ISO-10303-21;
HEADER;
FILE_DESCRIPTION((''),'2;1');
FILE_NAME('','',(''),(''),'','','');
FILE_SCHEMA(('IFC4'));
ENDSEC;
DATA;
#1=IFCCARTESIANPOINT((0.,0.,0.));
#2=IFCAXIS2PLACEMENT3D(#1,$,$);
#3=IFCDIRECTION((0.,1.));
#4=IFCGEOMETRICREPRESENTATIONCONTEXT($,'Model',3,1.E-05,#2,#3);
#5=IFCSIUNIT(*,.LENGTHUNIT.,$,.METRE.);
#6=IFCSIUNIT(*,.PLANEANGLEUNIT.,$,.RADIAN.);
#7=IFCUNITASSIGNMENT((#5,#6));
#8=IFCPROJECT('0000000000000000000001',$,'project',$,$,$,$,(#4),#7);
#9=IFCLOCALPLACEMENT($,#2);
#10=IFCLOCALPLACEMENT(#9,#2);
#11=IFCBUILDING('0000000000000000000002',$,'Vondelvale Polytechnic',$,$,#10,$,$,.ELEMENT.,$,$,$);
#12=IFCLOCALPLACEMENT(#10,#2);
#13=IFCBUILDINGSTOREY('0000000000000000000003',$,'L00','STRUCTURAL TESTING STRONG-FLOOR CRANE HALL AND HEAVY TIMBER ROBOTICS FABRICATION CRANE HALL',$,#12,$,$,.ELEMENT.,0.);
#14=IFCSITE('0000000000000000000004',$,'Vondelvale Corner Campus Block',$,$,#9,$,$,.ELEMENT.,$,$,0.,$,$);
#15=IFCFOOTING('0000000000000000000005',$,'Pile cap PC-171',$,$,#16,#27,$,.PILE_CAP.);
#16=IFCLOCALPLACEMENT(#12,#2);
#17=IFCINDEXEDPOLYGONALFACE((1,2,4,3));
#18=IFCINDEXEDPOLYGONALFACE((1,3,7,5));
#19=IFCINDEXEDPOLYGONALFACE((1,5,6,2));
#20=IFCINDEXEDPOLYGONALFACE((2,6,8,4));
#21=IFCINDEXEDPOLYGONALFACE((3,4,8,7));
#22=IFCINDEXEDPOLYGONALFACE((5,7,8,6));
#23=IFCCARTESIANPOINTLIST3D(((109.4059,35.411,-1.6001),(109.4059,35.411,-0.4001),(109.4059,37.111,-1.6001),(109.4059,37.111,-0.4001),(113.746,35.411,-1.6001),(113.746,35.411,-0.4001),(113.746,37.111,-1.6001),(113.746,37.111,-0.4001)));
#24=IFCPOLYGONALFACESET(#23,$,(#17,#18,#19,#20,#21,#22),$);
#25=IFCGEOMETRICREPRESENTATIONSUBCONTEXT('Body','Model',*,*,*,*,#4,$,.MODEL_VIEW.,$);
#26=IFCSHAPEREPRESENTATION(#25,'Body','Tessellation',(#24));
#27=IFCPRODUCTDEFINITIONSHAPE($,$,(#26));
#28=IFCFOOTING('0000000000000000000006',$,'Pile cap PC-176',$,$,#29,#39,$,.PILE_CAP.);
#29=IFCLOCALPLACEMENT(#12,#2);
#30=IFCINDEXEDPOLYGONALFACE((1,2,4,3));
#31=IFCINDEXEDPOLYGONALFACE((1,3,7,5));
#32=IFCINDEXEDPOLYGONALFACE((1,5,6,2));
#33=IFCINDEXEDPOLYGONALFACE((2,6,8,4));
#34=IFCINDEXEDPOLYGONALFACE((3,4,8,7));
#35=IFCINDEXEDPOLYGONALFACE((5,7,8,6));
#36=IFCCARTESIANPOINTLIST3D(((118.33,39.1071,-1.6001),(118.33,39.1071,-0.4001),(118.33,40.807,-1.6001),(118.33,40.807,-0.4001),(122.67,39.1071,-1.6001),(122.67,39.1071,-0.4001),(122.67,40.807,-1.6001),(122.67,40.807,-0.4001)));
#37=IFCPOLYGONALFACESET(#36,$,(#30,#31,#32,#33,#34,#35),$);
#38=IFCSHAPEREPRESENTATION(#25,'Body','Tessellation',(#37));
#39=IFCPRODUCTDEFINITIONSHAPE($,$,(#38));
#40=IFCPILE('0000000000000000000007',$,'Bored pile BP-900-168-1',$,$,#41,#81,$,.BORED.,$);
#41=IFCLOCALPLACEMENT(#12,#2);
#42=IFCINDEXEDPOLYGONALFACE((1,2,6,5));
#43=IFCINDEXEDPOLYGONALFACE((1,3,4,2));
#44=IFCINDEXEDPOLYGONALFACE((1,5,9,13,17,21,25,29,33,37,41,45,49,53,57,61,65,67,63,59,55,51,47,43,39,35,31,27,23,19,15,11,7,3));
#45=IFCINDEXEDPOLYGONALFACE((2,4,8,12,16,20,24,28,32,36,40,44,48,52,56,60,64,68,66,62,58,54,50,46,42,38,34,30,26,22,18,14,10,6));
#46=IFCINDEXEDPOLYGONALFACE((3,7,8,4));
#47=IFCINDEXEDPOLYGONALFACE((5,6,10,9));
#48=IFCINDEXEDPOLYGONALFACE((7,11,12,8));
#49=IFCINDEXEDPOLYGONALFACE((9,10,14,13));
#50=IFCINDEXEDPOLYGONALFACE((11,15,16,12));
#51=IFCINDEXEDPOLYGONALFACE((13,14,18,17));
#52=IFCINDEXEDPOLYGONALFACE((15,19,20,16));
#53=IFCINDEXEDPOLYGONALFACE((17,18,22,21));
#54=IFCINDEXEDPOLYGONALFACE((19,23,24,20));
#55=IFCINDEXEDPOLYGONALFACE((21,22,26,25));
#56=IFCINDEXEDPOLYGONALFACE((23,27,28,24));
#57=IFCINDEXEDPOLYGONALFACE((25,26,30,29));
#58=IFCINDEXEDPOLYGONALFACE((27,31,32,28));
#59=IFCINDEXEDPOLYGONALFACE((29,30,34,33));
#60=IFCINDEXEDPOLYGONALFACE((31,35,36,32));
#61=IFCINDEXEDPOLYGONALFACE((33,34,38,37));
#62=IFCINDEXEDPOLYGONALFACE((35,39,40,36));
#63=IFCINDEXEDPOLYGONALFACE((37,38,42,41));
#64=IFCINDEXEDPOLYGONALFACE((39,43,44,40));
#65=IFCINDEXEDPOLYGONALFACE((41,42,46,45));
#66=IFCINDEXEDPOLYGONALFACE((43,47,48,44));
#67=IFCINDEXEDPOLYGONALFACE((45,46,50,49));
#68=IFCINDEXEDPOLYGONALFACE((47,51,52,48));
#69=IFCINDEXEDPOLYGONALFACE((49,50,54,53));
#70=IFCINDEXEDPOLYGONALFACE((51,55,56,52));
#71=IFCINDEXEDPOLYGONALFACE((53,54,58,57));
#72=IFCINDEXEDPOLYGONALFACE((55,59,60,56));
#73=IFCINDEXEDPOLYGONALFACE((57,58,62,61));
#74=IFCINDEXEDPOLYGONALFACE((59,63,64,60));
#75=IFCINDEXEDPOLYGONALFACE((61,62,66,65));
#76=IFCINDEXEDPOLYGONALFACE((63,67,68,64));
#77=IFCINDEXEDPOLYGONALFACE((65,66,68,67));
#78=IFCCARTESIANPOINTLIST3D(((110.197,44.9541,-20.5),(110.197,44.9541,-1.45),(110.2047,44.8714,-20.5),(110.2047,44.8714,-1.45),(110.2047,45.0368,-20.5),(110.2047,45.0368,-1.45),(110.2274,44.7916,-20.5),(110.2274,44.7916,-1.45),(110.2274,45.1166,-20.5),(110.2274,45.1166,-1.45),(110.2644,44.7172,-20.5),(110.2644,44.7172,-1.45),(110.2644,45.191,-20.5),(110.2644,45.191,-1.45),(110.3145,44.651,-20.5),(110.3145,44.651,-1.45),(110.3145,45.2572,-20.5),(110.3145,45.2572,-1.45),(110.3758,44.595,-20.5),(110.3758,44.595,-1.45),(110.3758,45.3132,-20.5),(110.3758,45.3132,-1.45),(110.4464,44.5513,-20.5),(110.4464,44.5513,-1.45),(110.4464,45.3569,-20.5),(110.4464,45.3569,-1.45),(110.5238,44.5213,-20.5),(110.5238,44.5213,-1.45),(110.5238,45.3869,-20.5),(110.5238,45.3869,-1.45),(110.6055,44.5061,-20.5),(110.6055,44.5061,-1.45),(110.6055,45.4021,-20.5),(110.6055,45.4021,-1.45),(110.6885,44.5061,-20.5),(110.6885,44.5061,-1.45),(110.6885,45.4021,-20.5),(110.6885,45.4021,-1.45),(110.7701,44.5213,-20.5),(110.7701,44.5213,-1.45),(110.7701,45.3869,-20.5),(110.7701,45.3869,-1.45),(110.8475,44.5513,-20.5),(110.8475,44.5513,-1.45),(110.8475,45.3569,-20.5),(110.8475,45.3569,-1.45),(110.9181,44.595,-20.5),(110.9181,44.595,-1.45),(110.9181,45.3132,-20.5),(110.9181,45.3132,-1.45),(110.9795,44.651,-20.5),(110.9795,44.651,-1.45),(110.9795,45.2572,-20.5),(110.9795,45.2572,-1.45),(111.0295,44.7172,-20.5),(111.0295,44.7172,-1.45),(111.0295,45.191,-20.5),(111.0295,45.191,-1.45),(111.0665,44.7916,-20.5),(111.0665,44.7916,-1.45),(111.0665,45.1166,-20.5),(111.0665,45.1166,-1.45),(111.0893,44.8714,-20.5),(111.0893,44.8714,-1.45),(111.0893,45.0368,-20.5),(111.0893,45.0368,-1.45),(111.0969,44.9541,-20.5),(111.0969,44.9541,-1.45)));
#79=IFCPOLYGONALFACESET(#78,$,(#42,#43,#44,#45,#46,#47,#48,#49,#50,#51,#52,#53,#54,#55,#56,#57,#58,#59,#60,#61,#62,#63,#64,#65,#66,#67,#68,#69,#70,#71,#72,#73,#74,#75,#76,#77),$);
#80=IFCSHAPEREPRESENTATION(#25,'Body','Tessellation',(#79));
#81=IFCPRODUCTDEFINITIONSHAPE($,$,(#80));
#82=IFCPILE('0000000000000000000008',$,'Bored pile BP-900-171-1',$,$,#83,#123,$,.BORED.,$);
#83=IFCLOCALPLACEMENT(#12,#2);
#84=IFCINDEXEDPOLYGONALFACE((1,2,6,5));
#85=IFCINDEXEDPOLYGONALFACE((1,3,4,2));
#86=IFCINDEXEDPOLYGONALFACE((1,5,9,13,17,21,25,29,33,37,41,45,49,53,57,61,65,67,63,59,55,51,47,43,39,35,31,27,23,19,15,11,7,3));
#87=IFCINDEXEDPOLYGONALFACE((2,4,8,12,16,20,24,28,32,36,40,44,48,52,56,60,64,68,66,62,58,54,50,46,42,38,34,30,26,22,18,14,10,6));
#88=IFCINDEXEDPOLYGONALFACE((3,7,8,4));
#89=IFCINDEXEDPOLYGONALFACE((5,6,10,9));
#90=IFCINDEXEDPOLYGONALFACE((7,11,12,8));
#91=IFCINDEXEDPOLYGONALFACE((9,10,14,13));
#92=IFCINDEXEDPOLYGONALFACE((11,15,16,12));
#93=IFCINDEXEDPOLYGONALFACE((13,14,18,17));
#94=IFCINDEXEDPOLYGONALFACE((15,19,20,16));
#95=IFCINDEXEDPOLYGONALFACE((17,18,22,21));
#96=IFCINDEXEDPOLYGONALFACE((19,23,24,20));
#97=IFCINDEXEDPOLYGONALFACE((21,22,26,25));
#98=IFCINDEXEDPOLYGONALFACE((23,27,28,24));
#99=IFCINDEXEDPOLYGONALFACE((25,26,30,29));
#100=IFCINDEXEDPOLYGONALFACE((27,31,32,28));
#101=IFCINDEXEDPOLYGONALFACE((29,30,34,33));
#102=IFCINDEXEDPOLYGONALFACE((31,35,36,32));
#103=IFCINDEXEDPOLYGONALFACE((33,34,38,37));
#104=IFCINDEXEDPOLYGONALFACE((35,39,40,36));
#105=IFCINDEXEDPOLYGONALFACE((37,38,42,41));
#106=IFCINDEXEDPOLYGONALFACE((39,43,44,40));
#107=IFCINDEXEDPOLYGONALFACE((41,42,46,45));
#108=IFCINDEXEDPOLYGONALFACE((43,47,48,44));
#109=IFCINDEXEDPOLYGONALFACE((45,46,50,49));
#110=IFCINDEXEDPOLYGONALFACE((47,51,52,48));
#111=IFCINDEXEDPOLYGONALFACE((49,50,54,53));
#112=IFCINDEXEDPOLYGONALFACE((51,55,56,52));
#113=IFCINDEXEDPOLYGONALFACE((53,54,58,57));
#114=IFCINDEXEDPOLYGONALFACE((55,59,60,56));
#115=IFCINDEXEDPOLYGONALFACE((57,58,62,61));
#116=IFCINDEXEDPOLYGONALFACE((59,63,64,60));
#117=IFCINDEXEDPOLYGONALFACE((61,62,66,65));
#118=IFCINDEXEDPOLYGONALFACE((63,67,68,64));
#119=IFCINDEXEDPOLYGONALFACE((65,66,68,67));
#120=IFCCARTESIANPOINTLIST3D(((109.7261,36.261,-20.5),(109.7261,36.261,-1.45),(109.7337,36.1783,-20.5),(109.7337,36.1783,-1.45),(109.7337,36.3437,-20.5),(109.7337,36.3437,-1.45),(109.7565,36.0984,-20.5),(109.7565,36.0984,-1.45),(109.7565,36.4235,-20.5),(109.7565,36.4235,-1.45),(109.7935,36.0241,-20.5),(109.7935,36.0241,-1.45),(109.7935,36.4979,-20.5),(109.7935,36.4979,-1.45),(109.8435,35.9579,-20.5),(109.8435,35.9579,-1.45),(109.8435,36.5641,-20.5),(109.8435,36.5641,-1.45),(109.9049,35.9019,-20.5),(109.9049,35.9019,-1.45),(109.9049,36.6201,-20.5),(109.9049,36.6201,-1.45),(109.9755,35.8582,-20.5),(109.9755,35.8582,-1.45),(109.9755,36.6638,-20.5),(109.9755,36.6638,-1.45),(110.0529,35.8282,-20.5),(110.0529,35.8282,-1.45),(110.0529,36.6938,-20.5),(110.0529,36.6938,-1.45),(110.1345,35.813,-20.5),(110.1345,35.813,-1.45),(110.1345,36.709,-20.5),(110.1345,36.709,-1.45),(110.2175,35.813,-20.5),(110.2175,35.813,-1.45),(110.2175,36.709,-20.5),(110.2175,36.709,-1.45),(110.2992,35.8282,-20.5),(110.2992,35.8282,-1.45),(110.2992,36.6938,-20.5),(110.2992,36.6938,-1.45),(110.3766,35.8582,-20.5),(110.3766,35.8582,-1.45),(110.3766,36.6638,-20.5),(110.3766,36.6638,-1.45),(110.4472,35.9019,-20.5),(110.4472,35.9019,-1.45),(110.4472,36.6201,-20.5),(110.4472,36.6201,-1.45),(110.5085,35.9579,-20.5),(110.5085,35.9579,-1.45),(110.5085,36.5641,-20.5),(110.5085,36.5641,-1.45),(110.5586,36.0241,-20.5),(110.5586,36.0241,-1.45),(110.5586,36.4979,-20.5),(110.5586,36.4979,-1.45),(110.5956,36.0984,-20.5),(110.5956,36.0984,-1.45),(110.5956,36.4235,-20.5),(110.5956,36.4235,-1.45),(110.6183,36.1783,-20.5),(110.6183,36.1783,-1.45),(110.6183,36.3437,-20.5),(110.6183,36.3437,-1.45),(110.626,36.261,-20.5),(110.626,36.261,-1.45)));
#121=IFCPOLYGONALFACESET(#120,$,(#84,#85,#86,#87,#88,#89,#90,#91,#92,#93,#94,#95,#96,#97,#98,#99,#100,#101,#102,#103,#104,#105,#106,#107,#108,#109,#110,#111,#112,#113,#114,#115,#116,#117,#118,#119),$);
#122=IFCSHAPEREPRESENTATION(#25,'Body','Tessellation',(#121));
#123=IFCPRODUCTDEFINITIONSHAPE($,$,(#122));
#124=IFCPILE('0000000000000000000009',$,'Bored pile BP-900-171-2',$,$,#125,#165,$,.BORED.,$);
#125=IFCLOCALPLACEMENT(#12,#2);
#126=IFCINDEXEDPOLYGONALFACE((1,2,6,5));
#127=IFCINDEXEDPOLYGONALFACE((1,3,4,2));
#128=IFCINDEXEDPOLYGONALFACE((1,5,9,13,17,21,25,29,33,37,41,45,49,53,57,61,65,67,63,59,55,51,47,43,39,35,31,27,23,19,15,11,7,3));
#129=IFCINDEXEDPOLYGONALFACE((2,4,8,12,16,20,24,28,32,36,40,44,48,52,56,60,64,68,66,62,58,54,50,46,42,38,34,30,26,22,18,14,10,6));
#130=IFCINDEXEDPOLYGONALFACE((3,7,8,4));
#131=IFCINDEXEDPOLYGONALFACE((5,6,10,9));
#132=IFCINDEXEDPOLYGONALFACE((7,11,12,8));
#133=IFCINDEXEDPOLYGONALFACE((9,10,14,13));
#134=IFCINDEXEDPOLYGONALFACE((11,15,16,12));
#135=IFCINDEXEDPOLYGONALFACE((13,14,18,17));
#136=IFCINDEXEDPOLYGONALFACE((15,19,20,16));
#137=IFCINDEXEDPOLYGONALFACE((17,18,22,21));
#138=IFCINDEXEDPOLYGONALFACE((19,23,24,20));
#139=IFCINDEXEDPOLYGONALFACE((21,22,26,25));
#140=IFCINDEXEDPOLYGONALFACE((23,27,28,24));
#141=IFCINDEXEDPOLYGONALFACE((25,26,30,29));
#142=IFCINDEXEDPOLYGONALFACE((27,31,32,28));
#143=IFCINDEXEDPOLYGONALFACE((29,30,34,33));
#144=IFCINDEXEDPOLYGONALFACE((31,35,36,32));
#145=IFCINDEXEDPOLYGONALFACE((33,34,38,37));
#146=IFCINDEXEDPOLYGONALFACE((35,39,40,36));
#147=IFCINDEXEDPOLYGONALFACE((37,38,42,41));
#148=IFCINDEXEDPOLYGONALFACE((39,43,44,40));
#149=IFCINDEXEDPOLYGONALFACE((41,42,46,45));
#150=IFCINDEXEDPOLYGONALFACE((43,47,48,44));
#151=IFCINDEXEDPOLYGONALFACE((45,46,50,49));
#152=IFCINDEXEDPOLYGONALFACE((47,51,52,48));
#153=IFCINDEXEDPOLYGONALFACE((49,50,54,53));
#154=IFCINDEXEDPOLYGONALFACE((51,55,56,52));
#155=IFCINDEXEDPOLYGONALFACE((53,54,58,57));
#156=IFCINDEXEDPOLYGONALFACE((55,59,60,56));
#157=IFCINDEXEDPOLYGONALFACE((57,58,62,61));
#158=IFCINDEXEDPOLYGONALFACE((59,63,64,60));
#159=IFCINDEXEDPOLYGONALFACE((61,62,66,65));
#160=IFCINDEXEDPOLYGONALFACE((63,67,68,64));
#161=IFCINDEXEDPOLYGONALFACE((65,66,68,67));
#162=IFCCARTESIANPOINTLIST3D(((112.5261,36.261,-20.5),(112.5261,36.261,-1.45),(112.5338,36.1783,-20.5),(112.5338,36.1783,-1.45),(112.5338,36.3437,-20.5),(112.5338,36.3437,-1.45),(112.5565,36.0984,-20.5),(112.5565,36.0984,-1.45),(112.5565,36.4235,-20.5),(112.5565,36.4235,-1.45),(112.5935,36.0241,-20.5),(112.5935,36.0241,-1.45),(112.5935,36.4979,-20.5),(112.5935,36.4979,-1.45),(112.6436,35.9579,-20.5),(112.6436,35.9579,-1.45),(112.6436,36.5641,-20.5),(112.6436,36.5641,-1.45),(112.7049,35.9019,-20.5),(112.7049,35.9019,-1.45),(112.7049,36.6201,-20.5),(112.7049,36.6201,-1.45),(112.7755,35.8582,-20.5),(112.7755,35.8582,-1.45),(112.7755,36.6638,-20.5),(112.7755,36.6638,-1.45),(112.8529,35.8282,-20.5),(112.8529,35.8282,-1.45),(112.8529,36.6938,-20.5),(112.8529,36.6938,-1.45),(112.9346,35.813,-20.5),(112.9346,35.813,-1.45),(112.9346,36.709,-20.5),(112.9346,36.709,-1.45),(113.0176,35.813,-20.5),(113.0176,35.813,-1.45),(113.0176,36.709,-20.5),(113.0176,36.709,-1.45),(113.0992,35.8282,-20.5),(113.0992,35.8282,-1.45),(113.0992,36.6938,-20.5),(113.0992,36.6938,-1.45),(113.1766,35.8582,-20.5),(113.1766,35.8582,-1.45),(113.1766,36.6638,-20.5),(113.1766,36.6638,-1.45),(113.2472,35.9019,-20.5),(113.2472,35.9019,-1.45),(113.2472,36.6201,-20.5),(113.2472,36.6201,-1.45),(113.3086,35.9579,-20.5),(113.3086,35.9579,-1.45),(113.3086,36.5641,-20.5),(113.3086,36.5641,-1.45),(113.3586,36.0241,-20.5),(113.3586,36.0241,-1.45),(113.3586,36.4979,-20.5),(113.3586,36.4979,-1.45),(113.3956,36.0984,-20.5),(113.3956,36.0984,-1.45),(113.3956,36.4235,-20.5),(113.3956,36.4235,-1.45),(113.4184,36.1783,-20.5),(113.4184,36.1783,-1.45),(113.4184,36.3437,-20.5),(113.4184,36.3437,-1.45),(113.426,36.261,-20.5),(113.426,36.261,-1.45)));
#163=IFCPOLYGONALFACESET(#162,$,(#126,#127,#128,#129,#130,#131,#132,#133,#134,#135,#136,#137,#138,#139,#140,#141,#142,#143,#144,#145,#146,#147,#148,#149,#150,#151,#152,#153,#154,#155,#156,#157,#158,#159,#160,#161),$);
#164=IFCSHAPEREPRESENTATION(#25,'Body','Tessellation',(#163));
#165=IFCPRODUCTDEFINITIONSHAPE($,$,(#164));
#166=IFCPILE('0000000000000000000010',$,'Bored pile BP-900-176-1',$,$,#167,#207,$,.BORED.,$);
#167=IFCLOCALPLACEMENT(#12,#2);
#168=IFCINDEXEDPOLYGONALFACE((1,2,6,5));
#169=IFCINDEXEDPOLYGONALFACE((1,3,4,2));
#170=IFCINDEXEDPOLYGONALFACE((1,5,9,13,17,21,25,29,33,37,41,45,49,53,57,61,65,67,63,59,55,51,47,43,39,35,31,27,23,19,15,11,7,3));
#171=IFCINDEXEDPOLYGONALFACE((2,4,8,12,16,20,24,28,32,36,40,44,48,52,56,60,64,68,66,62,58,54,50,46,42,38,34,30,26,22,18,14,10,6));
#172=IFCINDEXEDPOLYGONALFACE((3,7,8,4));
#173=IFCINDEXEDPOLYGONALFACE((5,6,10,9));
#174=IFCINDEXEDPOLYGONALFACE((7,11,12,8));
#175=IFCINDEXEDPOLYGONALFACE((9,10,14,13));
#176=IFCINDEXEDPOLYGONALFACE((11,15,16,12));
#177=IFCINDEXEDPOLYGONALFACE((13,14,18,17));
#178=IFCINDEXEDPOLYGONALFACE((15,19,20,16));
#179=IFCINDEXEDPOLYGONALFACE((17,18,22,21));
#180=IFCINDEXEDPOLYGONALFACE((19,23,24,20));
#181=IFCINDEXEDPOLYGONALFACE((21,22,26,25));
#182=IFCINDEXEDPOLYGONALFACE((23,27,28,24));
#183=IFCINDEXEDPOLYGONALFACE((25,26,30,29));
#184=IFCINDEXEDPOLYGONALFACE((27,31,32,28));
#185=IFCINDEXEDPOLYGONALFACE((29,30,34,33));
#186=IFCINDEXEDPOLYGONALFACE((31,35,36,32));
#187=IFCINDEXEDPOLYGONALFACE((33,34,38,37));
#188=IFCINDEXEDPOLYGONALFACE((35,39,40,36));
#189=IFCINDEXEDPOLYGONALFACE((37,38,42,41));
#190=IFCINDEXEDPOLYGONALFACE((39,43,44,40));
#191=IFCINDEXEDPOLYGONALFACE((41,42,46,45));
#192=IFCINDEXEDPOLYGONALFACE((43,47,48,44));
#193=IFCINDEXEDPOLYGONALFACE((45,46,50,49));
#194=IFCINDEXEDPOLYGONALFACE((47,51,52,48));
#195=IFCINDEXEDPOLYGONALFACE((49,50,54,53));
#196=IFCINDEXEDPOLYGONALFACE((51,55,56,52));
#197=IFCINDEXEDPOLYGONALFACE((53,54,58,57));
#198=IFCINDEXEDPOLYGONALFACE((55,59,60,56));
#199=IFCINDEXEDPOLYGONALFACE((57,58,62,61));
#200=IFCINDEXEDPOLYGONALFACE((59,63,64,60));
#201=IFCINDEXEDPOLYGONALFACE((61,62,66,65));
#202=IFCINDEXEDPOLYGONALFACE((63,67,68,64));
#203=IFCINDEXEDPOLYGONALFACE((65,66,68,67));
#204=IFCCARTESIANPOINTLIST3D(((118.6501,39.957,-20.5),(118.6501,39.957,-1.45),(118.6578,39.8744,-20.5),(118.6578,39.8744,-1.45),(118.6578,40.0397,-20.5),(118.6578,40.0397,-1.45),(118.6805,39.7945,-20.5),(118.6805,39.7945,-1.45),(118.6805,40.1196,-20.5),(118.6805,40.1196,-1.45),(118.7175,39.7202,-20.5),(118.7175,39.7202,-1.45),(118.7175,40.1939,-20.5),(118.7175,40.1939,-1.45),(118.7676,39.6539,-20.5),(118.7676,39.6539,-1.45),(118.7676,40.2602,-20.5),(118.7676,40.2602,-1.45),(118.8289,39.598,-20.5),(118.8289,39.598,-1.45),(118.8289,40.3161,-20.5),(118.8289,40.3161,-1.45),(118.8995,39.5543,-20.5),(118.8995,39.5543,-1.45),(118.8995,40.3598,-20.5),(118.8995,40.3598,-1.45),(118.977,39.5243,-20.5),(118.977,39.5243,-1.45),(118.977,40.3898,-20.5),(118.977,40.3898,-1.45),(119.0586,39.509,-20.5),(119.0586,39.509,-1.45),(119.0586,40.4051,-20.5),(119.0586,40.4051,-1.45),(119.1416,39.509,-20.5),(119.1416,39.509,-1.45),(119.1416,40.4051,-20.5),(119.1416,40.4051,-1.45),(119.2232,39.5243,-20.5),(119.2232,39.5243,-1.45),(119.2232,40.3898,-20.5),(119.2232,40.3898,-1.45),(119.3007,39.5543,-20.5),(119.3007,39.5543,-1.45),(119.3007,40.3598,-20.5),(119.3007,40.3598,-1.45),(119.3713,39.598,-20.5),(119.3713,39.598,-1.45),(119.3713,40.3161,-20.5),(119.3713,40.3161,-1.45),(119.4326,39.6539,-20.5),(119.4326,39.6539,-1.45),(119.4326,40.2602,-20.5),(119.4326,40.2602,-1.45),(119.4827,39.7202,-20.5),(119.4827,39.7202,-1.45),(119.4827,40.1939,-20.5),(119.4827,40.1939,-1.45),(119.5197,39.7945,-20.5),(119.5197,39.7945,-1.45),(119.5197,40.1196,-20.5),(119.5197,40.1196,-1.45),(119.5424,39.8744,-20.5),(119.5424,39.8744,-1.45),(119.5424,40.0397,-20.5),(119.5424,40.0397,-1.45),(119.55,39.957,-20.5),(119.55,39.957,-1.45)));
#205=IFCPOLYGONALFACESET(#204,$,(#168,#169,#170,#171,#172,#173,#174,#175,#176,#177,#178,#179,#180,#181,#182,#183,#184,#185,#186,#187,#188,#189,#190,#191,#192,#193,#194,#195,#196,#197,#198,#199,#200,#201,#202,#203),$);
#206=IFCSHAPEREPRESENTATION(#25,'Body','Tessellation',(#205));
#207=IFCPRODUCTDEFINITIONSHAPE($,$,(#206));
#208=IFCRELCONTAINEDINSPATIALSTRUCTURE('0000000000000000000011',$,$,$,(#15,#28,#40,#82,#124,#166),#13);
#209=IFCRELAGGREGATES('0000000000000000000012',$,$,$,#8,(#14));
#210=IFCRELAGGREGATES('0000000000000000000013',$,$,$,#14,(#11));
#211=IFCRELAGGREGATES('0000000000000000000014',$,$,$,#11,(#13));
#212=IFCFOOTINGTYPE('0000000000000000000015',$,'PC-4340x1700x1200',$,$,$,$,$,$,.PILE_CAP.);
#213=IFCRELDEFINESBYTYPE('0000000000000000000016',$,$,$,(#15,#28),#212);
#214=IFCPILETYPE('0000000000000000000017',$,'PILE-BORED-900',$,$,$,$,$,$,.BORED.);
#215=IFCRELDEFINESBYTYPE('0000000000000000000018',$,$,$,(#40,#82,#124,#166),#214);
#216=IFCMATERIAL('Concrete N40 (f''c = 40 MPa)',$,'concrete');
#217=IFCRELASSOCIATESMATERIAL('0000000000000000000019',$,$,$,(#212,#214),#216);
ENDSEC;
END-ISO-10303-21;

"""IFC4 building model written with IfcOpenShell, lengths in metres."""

from ifc_helpers import new_model, si_unit, direction, frame, origin, origin_2d, place, context, subcontext, project, spatial, rectangle, circle, extrude, material, material_profile, profile_set, type_object, element, save


model = new_model("IFC4")

# Units and contexts
model_context = context("Model", 3, precision=1e-05, world=origin(), true_north=direction((0.0, 1.0)))
body_context = subcontext(model_context, "Body", "Model", "MODEL_VIEW")
ifc_project = project(units=[si_unit("LENGTHUNIT", "METRE"), si_unit("PLANEANGLEUNIT", "RADIAN")], contexts=[model_context])

# Site, building, storey
site_placement = place(None, origin())
site = spatial("IfcSite", under=ifc_project, at=site_placement, Name="Vondelvale Corner Campus Block", CompositionType="ELEMENT", RefElevation=0.0)
building_placement = place(site_placement, origin())
building = spatial("IfcBuilding", under=site, at=building_placement, Name="Vondelvale Polytechnic", CompositionType="ELEMENT")
storey_placement = place(building_placement, origin())
storey = spatial("IfcBuildingStorey", under=building, at=storey_placement, Name="L00", Description="STRUCTURAL TESTING STRONG-FLOOR CRANE HALL AND HEAVY TIMBER ROBOTICS FABRICATION CRANE HALL", CompositionType="ELEMENT", Elevation=0.0)

# Footings
ifc_material_1 = material(Name="Concrete N40 (f'c = 40 MPa)", Category="concrete")
footing_type = type_object("IfcFootingType", Name="PC-4340x1700x1200", PredefinedType="PILE_CAP", material=ifc_material_1)
for number, where, z_axis, x_axis, name in (
    (1, (111.5759, 36.261, -1.6001), (0.0, 0.0, 1.0), (1.0, 0.0, 0.0), "Pile cap PC-171"),
    (2, (120.5, 39.957, -1.6001), (0.0, 0.0, 1.0), (1.0, 0.0, 0.0), "Pile cap PC-176"),
):
    element("IfcFooting", number, at=place(storey_placement, frame(where, z_axis=z_axis, x_axis=x_axis)), inside=storey, type_object=footing_type, Name=name, PredefinedType="PILE_CAP", context=body_context, shape_type="SweptSolid", body=[
        extrude(rectangle(XDim=4.3401, YDim=1.7, at=origin_2d()), origin(), (0.0, 0.0, 1.0), 1.2),
    ])

# Piles
ifc_material_profile_1 = material_profile(ifc_material_1, circle(Radius=0.45, at=origin_2d()), Name="PILE-D900")
ifc_profile_set_1 = profile_set([ifc_material_profile_1], Name="Concrete N40 (f'c = 40 MPa)")
pile_type = type_object("IfcPileType", Name="PILE-BORED-900", PredefinedType="BORED", material=ifc_profile_set_1)
for number, where, z_axis, x_axis, name in (
    (3, (110.647, 44.9541, -1.45), (0.0, 0.0, -1.0), (1.0, 0.0, 0.0), "Bored pile BP-900-168-1"),
    (4, (110.176, 36.261, -1.45), (0.0, 0.0, -1.0), (1.0, 0.0, 0.0), "Bored pile BP-900-171-1"),
    (5, (112.9761, 36.261, -1.45), (0.0, 0.0, -1.0), (1.0, 0.0, 0.0), "Bored pile BP-900-171-2"),
    (6, (119.1001, 39.957, -1.45), (0.0, 0.0, -1.0), (1.0, 0.0, 0.0), "Bored pile BP-900-176-1"),
):
    element("IfcPile", number, at=place(storey_placement, frame(where, z_axis=z_axis, x_axis=x_axis)), inside=storey, type_object=pile_type, Name=name, PredefinedType="BORED", context=body_context, shape_type="SweptSolid", body=[
        extrude(circle(Radius=0.45, at=origin_2d()), origin(), (0.0, 0.0, 1.0), 19.05),
    ])

save(model, "model.ifc")
